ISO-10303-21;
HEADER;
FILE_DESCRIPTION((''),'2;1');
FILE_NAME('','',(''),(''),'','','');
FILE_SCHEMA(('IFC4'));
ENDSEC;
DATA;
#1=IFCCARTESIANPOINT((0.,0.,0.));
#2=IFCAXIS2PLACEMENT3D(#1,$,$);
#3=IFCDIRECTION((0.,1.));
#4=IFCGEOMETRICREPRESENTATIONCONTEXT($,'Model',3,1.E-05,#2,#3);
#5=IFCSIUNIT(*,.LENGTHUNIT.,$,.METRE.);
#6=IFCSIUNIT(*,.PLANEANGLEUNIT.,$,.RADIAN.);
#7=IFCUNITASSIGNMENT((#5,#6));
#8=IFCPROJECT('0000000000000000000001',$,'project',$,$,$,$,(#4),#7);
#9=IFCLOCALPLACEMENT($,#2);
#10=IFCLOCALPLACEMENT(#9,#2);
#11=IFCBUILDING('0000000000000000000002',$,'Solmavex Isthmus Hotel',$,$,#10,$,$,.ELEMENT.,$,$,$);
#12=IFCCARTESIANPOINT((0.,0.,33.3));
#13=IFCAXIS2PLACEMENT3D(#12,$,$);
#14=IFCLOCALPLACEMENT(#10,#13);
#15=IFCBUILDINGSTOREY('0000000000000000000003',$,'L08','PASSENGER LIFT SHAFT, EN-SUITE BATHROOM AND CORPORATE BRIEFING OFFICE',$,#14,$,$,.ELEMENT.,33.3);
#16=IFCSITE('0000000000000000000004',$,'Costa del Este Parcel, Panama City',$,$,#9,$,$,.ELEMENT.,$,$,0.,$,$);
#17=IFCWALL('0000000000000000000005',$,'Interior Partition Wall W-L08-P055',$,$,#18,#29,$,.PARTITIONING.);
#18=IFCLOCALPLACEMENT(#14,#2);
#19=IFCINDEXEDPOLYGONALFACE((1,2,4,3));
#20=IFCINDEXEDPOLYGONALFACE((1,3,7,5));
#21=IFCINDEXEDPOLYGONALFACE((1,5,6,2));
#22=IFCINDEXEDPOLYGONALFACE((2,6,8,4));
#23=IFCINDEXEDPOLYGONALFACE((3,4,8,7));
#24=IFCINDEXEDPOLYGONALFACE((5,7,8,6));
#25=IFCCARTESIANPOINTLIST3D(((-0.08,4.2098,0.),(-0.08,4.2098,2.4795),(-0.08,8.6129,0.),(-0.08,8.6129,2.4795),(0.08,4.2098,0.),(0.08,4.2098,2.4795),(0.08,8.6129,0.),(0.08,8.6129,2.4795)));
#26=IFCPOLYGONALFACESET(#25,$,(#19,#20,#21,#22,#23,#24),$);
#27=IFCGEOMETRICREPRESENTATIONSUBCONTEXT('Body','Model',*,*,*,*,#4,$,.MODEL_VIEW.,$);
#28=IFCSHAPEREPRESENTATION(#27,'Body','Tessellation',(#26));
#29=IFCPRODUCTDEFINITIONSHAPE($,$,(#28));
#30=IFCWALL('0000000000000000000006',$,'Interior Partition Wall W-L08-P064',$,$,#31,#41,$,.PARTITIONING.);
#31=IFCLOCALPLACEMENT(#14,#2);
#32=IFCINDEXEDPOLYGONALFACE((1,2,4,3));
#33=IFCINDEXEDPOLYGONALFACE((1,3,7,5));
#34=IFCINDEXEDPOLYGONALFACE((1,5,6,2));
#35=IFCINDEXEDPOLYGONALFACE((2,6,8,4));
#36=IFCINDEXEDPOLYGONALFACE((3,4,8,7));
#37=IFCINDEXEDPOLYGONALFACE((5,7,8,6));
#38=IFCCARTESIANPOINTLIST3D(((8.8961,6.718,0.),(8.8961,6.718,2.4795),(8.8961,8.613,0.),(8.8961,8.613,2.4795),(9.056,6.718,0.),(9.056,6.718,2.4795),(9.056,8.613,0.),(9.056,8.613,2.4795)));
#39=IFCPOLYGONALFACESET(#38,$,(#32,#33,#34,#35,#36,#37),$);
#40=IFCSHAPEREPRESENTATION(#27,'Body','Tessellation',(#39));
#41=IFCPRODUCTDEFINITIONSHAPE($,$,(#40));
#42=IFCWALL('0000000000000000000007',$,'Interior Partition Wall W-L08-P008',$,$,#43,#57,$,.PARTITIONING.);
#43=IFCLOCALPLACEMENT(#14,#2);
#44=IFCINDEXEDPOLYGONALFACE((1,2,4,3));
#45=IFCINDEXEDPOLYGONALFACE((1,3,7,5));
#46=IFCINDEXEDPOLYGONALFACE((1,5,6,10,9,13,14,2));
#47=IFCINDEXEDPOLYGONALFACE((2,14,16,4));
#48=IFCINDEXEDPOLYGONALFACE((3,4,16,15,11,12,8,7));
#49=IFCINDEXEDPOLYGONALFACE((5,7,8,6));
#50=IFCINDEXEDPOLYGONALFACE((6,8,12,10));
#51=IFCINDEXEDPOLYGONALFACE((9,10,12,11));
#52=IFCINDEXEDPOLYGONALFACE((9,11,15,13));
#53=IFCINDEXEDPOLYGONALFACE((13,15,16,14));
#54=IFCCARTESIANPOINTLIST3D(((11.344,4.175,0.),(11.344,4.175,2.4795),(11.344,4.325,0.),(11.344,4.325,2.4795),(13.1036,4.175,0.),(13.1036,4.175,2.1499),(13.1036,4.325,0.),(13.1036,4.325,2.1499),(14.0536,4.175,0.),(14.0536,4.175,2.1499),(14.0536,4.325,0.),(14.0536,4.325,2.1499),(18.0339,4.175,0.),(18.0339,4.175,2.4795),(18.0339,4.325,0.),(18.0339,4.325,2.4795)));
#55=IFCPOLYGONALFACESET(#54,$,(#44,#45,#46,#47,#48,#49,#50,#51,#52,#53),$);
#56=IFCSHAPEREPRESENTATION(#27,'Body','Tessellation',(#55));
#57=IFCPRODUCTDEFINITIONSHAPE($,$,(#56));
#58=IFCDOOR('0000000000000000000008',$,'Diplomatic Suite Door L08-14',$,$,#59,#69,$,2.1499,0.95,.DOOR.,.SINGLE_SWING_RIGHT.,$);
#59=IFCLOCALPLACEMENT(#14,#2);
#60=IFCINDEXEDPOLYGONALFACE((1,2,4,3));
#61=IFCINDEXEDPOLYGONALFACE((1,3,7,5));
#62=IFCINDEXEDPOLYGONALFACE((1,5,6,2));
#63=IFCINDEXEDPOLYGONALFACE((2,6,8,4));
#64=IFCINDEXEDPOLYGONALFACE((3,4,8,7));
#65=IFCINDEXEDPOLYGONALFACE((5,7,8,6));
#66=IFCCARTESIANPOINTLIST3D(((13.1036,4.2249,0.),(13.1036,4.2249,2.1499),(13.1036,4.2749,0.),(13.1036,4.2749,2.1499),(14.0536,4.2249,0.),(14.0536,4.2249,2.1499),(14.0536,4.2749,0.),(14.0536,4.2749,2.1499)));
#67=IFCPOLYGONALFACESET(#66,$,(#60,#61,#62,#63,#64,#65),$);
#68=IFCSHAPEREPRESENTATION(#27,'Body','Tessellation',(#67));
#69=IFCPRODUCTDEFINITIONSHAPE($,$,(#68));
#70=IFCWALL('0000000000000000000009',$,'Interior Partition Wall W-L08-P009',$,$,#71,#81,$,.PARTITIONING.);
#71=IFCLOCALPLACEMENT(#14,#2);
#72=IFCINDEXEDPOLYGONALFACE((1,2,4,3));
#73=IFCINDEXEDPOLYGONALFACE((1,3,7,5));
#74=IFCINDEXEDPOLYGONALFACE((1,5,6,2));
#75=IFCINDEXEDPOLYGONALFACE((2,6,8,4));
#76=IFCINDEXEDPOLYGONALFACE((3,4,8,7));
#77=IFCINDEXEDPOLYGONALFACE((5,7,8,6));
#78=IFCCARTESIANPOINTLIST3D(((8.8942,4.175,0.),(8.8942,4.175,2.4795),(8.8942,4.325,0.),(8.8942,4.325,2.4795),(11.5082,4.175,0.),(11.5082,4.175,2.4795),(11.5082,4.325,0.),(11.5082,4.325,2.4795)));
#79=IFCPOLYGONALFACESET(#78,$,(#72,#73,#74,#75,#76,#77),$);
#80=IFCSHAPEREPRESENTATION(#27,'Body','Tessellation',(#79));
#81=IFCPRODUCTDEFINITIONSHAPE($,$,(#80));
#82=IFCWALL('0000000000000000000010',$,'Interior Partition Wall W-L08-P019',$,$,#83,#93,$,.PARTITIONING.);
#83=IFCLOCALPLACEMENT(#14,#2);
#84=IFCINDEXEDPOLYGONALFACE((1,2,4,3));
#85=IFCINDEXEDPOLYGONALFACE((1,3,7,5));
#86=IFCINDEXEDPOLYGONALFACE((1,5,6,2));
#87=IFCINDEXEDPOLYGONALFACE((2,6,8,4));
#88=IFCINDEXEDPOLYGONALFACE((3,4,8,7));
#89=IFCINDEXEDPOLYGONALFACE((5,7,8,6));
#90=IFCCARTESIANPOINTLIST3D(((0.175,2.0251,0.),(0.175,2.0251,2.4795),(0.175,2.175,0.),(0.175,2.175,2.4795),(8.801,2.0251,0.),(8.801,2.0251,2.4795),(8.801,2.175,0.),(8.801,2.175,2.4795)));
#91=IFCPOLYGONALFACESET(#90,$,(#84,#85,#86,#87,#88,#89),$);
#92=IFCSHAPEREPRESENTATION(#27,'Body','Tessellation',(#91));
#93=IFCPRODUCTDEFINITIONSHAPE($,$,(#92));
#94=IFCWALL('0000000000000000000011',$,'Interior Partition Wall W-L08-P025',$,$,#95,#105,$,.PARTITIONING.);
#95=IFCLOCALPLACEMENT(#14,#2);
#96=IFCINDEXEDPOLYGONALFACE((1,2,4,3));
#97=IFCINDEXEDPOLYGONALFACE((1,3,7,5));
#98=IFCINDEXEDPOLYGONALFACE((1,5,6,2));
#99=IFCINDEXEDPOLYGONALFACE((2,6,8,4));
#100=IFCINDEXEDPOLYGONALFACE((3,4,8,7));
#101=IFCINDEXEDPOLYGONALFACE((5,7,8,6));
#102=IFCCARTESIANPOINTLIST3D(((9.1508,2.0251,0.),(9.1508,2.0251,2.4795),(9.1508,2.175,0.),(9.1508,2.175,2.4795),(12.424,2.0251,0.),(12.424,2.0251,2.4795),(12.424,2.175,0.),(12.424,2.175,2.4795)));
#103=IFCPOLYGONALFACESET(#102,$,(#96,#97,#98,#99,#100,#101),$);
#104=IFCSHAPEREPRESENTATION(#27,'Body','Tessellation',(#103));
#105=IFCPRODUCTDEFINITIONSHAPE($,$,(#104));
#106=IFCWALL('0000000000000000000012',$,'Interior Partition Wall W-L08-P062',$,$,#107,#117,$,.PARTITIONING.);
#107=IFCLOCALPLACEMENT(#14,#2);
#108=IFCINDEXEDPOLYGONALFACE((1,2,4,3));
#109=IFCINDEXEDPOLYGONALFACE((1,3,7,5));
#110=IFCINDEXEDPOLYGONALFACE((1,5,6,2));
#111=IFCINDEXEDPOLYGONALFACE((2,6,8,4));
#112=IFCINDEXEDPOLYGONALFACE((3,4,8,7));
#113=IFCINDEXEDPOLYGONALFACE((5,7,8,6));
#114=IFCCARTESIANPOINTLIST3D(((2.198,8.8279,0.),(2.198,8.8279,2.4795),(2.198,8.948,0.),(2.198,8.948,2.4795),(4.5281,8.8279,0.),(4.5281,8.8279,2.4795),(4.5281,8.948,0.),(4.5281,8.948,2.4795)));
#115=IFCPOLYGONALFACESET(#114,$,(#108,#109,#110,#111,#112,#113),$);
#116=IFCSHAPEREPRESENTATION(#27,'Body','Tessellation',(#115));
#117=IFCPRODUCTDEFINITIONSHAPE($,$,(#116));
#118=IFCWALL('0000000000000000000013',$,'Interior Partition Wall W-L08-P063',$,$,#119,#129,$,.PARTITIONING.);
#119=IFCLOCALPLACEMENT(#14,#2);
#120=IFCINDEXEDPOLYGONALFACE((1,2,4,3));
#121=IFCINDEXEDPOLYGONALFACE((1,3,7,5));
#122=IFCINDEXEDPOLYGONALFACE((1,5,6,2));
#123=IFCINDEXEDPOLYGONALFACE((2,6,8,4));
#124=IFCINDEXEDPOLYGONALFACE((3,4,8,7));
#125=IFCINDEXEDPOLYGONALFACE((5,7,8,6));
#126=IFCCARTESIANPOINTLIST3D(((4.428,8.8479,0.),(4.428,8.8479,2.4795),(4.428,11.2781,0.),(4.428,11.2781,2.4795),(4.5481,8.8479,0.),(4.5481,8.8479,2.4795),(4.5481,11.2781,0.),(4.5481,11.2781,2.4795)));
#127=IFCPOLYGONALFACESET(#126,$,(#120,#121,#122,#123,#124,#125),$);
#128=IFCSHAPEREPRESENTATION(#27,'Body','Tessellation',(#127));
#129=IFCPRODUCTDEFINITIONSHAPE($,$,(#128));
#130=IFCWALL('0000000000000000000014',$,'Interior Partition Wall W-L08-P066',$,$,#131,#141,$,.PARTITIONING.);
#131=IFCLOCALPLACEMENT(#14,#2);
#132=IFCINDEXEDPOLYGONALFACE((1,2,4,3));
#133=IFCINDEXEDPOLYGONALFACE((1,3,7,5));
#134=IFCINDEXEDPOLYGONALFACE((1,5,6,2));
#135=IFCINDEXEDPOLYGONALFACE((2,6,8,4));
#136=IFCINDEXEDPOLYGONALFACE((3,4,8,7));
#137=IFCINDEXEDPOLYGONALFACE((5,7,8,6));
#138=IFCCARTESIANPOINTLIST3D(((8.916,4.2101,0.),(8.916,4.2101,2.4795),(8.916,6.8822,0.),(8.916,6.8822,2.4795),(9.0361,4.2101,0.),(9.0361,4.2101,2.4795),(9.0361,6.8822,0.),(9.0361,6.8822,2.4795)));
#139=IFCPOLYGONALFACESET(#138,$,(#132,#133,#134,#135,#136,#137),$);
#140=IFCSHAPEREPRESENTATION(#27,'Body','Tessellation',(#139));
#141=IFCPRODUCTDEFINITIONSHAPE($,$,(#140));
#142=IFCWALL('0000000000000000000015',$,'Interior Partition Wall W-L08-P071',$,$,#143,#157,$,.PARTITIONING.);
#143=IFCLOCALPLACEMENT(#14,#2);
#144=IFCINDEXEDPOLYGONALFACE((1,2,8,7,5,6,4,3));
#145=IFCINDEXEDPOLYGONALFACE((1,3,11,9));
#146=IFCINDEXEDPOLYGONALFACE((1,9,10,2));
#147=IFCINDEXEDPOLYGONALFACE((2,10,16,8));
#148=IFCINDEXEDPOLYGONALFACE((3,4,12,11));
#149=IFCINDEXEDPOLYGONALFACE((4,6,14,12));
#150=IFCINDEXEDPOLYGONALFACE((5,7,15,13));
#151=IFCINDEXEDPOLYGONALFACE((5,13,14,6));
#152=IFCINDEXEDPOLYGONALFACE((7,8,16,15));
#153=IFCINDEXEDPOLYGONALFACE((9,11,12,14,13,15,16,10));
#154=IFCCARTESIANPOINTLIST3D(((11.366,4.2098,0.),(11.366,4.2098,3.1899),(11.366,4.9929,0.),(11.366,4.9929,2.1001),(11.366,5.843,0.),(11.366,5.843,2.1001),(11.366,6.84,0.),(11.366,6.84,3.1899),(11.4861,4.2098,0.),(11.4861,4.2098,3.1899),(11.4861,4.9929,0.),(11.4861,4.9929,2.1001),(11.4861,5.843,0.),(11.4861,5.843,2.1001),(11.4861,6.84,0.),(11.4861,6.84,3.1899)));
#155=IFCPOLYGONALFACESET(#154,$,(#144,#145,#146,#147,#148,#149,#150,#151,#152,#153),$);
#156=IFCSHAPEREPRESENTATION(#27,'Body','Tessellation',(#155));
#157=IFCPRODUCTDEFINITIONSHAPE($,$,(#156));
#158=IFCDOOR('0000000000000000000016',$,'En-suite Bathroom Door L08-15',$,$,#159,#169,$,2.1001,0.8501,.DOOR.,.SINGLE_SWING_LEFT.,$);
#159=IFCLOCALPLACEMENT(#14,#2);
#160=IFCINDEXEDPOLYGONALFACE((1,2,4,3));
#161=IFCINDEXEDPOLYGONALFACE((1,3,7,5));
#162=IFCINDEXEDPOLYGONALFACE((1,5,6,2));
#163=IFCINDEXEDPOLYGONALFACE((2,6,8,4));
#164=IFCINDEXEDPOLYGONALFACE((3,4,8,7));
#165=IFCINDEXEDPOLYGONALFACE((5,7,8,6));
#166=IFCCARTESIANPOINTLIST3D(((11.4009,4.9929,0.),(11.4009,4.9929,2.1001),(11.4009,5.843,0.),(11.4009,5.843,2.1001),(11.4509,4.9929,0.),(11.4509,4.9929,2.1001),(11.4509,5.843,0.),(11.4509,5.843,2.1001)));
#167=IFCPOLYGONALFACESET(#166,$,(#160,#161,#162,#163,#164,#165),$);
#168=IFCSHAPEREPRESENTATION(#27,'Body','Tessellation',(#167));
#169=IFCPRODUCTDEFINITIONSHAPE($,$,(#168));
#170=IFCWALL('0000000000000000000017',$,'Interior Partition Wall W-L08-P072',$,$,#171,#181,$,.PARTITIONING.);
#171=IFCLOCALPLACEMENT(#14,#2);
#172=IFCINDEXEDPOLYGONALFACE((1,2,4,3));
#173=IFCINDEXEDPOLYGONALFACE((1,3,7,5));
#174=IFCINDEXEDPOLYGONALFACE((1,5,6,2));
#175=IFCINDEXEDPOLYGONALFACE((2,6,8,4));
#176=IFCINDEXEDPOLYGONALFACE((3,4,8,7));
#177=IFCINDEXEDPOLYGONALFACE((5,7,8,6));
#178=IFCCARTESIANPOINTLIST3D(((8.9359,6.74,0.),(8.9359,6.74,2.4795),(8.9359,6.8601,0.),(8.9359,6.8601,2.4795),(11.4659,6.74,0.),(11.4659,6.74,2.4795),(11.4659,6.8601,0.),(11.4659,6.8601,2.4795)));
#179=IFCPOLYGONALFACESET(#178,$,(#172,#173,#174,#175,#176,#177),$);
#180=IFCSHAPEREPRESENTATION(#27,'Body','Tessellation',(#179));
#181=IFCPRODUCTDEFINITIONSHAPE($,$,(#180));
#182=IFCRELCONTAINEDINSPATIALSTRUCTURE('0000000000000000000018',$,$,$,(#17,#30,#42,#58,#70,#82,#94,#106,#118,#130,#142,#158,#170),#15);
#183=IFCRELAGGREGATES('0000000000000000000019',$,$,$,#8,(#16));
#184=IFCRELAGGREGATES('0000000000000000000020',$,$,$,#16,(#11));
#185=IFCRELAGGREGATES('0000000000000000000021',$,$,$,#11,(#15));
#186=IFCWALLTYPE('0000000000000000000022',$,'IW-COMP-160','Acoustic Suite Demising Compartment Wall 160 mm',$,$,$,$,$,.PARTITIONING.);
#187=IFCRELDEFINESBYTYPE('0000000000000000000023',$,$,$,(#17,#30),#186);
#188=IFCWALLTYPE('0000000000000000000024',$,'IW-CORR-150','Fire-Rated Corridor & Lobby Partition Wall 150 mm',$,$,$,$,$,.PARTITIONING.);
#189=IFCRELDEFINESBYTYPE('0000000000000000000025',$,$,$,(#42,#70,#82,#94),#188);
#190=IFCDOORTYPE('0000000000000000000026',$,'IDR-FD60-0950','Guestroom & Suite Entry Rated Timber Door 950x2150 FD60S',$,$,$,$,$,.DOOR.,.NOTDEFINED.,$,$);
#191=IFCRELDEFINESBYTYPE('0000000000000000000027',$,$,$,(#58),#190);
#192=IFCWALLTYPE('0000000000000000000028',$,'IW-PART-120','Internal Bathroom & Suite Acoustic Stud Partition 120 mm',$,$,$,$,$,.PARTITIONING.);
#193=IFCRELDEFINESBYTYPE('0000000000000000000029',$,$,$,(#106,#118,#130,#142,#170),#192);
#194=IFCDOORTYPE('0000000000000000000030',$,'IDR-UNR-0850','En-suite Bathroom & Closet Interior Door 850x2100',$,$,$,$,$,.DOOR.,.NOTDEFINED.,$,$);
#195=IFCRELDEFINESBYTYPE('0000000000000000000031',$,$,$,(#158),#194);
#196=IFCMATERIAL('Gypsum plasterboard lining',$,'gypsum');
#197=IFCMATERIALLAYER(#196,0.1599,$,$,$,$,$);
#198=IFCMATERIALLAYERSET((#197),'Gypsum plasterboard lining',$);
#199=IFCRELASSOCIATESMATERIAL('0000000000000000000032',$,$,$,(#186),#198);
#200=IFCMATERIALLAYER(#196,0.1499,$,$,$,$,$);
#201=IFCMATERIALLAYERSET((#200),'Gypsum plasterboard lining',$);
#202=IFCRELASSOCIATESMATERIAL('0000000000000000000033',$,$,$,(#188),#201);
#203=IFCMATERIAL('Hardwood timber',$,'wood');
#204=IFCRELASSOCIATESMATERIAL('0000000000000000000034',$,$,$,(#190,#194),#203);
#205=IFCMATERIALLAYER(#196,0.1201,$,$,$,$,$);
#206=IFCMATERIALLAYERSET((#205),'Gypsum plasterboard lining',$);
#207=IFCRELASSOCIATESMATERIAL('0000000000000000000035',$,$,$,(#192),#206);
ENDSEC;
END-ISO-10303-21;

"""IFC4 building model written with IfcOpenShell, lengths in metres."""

from ifc_helpers import new_model, si_unit, direction, frame, frame_2d, origin, place, context, subcontext, project, spatial, rectangle, extrude, material, layer, layer_set, type_object, element, fill, save


model = new_model("IFC4")

# Units and contexts
model_context = context("Model", 3, precision=1e-05, world=origin(), true_north=direction((0.0, 1.0)))
body_context = subcontext(model_context, "Body", "Model", "MODEL_VIEW")
ifc_project = project(units=[si_unit("LENGTHUNIT", "METRE"), si_unit("PLANEANGLEUNIT", "RADIAN")], contexts=[model_context])

# Site, building, storey
site_placement = place(None, origin())
site = spatial("IfcSite", under=ifc_project, at=site_placement, Name="Costa del Este Parcel, Panama City", CompositionType="ELEMENT", RefElevation=0.0)
building_placement = place(site_placement, origin())
building = spatial("IfcBuilding", under=site, at=building_placement, Name="Solmavex Isthmus Hotel", CompositionType="ELEMENT")
storey_placement = place(building_placement, frame((0.0, 0.0, 33.3)))
storey = spatial("IfcBuildingStorey", under=building, at=storey_placement, Name="L08", Description="PASSENGER LIFT SHAFT, EN-SUITE BATHROOM AND CORPORATE BRIEFING OFFICE", CompositionType="ELEMENT", Elevation=33.3)

# Walls
ifc_material_1 = material(Name="Gypsum plasterboard lining", Category="gypsum")
ifc_layer_1 = layer(ifc_material_1, 0.1599)
ifc_layer_set_1 = layer_set([ifc_layer_1], Name="Gypsum plasterboard lining")
wall_type_1 = type_object("IfcWallType", Name="IW-COMP-160", Description="Acoustic Suite Demising Compartment Wall 160 mm", PredefinedType="PARTITIONING", material=ifc_layer_set_1)
wall_1_placement = place(storey_placement, frame((0.0, 8.613, 0.0), z_axis=(0.0, 0.0, 1.0), x_axis=(0.0, -1.0, 0.0)))
element("IfcWall", 1, at=wall_1_placement, inside=storey, type_object=wall_type_1, Name="Interior Partition Wall W-L08-P055", PredefinedType="PARTITIONING", context=body_context, shape_type="SweptSolid", body=[
    extrude(rectangle(XDim=4.4031, YDim=0.1599, at=frame_2d((2.2017, 0.0))), origin(), (0.0, 0.0, 1.0), 2.4795),
])
wall_2_placement = place(storey_placement, frame((8.9761, 8.613, 0.0), z_axis=(0.0, 0.0, 1.0), x_axis=(0.0, -1.0, 0.0)))
element("IfcWall", 2, at=wall_2_placement, inside=storey, type_object=wall_type_1, Name="Interior Partition Wall W-L08-P064", PredefinedType="PARTITIONING", context=body_context, shape_type="SweptSolid", body=[
    extrude(rectangle(XDim=1.895, YDim=0.1599, at=frame_2d((0.9475, 0.0))), origin(), (0.0, 0.0, 1.0), 2.4795),
])

# Wall, opening, door
ifc_layer_2 = layer(ifc_material_1, 0.1499)
ifc_layer_set_2 = layer_set([ifc_layer_2], Name="Gypsum plasterboard lining")
wall_type_2 = type_object("IfcWallType", Name="IW-CORR-150", Description="Fire-Rated Corridor & Lobby Partition Wall 150 mm", PredefinedType="PARTITIONING", material=ifc_layer_set_2)
wall_3_placement = place(storey_placement, frame((11.344, 4.25, 0.0), z_axis=(0.0, 0.0, 1.0), x_axis=(1.0, 0.0, 0.0)))
wall_3 = element("IfcWall", 3, at=wall_3_placement, inside=storey, type_object=wall_type_2, Name="Interior Partition Wall W-L08-P008", PredefinedType="PARTITIONING", context=body_context, shape_type="SweptSolid", body=[
    extrude(rectangle(XDim=6.6899, YDim=0.1499, at=frame_2d((3.345, 0.0))), origin(), (0.0, 0.0, 1.0), 2.4795),
])
opening_1_placement = place(wall_3_placement, frame((1.7595, 0.0, 0.0)))
opening_1 = element("IfcOpeningElement", 4, at=opening_1_placement, cuts=wall_3, PredefinedType="OPENING", context=body_context, shape_type="SweptSolid", body=[
    extrude(rectangle(XDim=0.95, YDim=2.1499, at=frame_2d((0.4751, 1.075))), frame((0.0, 0.085, 0.0), z_axis=(0.0, -1.0, 0.0), x_axis=(1.0, 0.0, 0.0)), (0.0, 0.0, 1.0), 0.1699),
])
ifc_material_2 = material(Name="Hardwood timber", Category="wood")
door_type_1 = type_object("IfcDoorType", Name="IDR-FD60-0950", Description="Guestroom & Suite Entry Rated Timber Door 950x2150 FD60S", OperationType="NOTDEFINED", PredefinedType="DOOR", material=ifc_material_2)
door_1_placement = place(opening_1_placement, origin())
door_1 = element("IfcDoor", 5, at=door_1_placement, inside=storey, type_object=door_type_1, Name="Diplomatic Suite Door L08-14", OperationType="SINGLE_SWING_RIGHT", OverallHeight=2.1499, OverallWidth=0.95, PredefinedType="DOOR", context=body_context, shape_type="SweptSolid", body=[
    extrude(rectangle(XDim=0.95, YDim=2.1499, at=frame_2d((0.4751, 1.075))), frame((0.0, 0.0249, 0.0), z_axis=(0.0, -1.0, 0.0), x_axis=(1.0, 0.0, 0.0)), (0.0, 0.0, 1.0), 0.05),
])
fill(opening_1, door_1)

# Walls
wall_4_placement = place(storey_placement, frame((8.894, 4.25, 0.0), z_axis=(0.0, 0.0, 1.0), x_axis=(1.0, 0.0, 0.0)))
element("IfcWall", 6, at=wall_4_placement, inside=storey, type_object=wall_type_2, Name="Interior Partition Wall W-L08-P009", PredefinedType="PARTITIONING", context=body_context, shape_type="SweptSolid", body=[
    extrude(rectangle(XDim=2.614, YDim=0.1499, at=frame_2d((1.3071, 0.0))), origin(), (0.0, 0.0, 1.0), 2.4795),
])
wall_5_placement = place(storey_placement, frame((8.801, 2.1001, 0.0), z_axis=(0.0, 0.0, 1.0), x_axis=(-1.0, 0.0, 0.0)))
element("IfcWall", 7, at=wall_5_placement, inside=storey, type_object=wall_type_2, Name="Interior Partition Wall W-L08-P019", PredefinedType="PARTITIONING", context=body_context, shape_type="SweptSolid", body=[
    extrude(rectangle(XDim=8.626, YDim=0.1499, at=frame_2d((4.313, 0.0))), origin(), (0.0, 0.0, 1.0), 2.4795),
])
wall_6_placement = place(storey_placement, frame((12.4241, 2.1001, 0.0), z_axis=(0.0, 0.0, 1.0), x_axis=(-1.0, 0.0, 0.0)))
element("IfcWall", 8, at=wall_6_placement, inside=storey, type_object=wall_type_2, Name="Interior Partition Wall W-L08-P025", PredefinedType="PARTITIONING", context=body_context, shape_type="SweptSolid", body=[
    extrude(rectangle(XDim=3.2732, YDim=0.1499, at=frame_2d((1.6367, 0.0))), origin(), (0.0, 0.0, 1.0), 2.4795),
])

# Walls
ifc_layer_3 = layer(ifc_material_1, 0.1201)
ifc_layer_set_3 = layer_set([ifc_layer_3], Name="Gypsum plasterboard lining")
wall_type_3 = type_object("IfcWallType", Name="IW-PART-120", Description="Internal Bathroom & Suite Acoustic Stud Partition 120 mm", PredefinedType="PARTITIONING", material=ifc_layer_set_3)
wall_7_placement = place(storey_placement, frame((2.198, 8.8879, 0.0), z_axis=(0.0, 0.0, 1.0), x_axis=(1.0, 0.0, 0.0)))
element("IfcWall", 9, at=wall_7_placement, inside=storey, type_object=wall_type_3, Name="Interior Partition Wall W-L08-P062", PredefinedType="PARTITIONING", context=body_context, shape_type="SweptSolid", body=[
    extrude(rectangle(XDim=2.3301, YDim=0.1201, at=frame_2d((1.165, 0.0))), origin(), (0.0, 0.0, 1.0), 2.4795),
])
wall_8_placement = place(storey_placement, frame((4.488, 8.8479, 0.0), z_axis=(0.0, 0.0, 1.0), x_axis=(0.0, 1.0, 0.0)))
element("IfcWall", 10, at=wall_8_placement, inside=storey, type_object=wall_type_3, Name="Interior Partition Wall W-L08-P063", PredefinedType="PARTITIONING", context=body_context, shape_type="SweptSolid", body=[
    extrude(rectangle(XDim=2.4302, YDim=0.1201, at=frame_2d((1.2151, 0.0))), origin(), (0.0, 0.0, 1.0), 2.4795),
])
wall_9_placement = place(storey_placement, frame((8.9761, 6.8821, 0.0), z_axis=(0.0, 0.0, 1.0), x_axis=(0.0, -1.0, 0.0)))
element("IfcWall", 11, at=wall_9_placement, inside=storey, type_object=wall_type_3, Name="Interior Partition Wall W-L08-P066", PredefinedType="PARTITIONING", context=body_context, shape_type="SweptSolid", body=[
    extrude(rectangle(XDim=2.6721, YDim=0.1201, at=frame_2d((1.3359, 0.0))), origin(), (0.0, 0.0, 1.0), 2.4795),
])

# Wall, opening, door
wall_10_placement = place(storey_placement, frame((11.426, 4.21, 0.0), z_axis=(0.0, 0.0, 1.0), x_axis=(0.0, 1.0, 0.0)))
wall_10 = element("IfcWall", 12, at=wall_10_placement, inside=storey, type_object=wall_type_3, Name="Interior Partition Wall W-L08-P071", PredefinedType="PARTITIONING", context=body_context, shape_type="SweptSolid", body=[
    extrude(rectangle(XDim=2.6301, YDim=0.1201, at=frame_2d((1.3149, 0.0))), origin(), (0.0, 0.0, 1.0), 3.1899),
])
opening_2_placement = place(wall_10_placement, frame((0.783, 0.0, 0.0)))
opening_2 = element("IfcOpeningElement", 13, at=opening_2_placement, cuts=wall_10, PredefinedType="OPENING", context=body_context, shape_type="SweptSolid", body=[
    extrude(rectangle(XDim=0.8501, YDim=2.1001, at=frame_2d((0.425, 1.05))), frame((0.0, 0.0701, 0.0), z_axis=(0.0, -1.0, 0.0), x_axis=(1.0, 0.0, 0.0)), (0.0, 0.0, 1.0), 0.1401),
])
door_type_2 = type_object("IfcDoorType", Name="IDR-UNR-0850", Description="En-suite Bathroom & Closet Interior Door 850x2100", OperationType="NOTDEFINED", PredefinedType="DOOR", material=ifc_material_2)
door_2_placement = place(opening_2_placement, frame((0.8501, 0.0, 0.0), z_axis=(0.0, 0.0, 1.0), x_axis=(-1.0, 0.0, 0.0)))
door_2 = element("IfcDoor", 14, at=door_2_placement, inside=storey, type_object=door_type_2, Name="En-suite Bathroom Door L08-15", OperationType="SINGLE_SWING_LEFT", OverallHeight=2.1001, OverallWidth=0.8501, PredefinedType="DOOR", context=body_context, shape_type="SweptSolid", body=[
    extrude(rectangle(XDim=0.8501, YDim=2.1001, at=frame_2d((0.425, 1.05))), frame((0.0, 0.0249, 0.0), z_axis=(0.0, -1.0, 0.0), x_axis=(1.0, 0.0, 0.0)), (0.0, 0.0, 1.0), 0.05),
])
fill(opening_2, door_2)

# Wall
wall_11_placement = place(storey_placement, frame((11.4661, 6.8, 0.0), z_axis=(0.0, 0.0, 1.0), x_axis=(-1.0, 0.0, 0.0)))
element("IfcWall", 15, at=wall_11_placement, inside=storey, type_object=wall_type_3, Name="Interior Partition Wall W-L08-P072", PredefinedType="PARTITIONING", context=body_context, shape_type="SweptSolid", body=[
    extrude(rectangle(XDim=2.53, YDim=0.1201, at=frame_2d((1.2651, 0.0))), origin(), (0.0, 0.0, 1.0), 2.4795),
])

save(model, "model.ifc")
